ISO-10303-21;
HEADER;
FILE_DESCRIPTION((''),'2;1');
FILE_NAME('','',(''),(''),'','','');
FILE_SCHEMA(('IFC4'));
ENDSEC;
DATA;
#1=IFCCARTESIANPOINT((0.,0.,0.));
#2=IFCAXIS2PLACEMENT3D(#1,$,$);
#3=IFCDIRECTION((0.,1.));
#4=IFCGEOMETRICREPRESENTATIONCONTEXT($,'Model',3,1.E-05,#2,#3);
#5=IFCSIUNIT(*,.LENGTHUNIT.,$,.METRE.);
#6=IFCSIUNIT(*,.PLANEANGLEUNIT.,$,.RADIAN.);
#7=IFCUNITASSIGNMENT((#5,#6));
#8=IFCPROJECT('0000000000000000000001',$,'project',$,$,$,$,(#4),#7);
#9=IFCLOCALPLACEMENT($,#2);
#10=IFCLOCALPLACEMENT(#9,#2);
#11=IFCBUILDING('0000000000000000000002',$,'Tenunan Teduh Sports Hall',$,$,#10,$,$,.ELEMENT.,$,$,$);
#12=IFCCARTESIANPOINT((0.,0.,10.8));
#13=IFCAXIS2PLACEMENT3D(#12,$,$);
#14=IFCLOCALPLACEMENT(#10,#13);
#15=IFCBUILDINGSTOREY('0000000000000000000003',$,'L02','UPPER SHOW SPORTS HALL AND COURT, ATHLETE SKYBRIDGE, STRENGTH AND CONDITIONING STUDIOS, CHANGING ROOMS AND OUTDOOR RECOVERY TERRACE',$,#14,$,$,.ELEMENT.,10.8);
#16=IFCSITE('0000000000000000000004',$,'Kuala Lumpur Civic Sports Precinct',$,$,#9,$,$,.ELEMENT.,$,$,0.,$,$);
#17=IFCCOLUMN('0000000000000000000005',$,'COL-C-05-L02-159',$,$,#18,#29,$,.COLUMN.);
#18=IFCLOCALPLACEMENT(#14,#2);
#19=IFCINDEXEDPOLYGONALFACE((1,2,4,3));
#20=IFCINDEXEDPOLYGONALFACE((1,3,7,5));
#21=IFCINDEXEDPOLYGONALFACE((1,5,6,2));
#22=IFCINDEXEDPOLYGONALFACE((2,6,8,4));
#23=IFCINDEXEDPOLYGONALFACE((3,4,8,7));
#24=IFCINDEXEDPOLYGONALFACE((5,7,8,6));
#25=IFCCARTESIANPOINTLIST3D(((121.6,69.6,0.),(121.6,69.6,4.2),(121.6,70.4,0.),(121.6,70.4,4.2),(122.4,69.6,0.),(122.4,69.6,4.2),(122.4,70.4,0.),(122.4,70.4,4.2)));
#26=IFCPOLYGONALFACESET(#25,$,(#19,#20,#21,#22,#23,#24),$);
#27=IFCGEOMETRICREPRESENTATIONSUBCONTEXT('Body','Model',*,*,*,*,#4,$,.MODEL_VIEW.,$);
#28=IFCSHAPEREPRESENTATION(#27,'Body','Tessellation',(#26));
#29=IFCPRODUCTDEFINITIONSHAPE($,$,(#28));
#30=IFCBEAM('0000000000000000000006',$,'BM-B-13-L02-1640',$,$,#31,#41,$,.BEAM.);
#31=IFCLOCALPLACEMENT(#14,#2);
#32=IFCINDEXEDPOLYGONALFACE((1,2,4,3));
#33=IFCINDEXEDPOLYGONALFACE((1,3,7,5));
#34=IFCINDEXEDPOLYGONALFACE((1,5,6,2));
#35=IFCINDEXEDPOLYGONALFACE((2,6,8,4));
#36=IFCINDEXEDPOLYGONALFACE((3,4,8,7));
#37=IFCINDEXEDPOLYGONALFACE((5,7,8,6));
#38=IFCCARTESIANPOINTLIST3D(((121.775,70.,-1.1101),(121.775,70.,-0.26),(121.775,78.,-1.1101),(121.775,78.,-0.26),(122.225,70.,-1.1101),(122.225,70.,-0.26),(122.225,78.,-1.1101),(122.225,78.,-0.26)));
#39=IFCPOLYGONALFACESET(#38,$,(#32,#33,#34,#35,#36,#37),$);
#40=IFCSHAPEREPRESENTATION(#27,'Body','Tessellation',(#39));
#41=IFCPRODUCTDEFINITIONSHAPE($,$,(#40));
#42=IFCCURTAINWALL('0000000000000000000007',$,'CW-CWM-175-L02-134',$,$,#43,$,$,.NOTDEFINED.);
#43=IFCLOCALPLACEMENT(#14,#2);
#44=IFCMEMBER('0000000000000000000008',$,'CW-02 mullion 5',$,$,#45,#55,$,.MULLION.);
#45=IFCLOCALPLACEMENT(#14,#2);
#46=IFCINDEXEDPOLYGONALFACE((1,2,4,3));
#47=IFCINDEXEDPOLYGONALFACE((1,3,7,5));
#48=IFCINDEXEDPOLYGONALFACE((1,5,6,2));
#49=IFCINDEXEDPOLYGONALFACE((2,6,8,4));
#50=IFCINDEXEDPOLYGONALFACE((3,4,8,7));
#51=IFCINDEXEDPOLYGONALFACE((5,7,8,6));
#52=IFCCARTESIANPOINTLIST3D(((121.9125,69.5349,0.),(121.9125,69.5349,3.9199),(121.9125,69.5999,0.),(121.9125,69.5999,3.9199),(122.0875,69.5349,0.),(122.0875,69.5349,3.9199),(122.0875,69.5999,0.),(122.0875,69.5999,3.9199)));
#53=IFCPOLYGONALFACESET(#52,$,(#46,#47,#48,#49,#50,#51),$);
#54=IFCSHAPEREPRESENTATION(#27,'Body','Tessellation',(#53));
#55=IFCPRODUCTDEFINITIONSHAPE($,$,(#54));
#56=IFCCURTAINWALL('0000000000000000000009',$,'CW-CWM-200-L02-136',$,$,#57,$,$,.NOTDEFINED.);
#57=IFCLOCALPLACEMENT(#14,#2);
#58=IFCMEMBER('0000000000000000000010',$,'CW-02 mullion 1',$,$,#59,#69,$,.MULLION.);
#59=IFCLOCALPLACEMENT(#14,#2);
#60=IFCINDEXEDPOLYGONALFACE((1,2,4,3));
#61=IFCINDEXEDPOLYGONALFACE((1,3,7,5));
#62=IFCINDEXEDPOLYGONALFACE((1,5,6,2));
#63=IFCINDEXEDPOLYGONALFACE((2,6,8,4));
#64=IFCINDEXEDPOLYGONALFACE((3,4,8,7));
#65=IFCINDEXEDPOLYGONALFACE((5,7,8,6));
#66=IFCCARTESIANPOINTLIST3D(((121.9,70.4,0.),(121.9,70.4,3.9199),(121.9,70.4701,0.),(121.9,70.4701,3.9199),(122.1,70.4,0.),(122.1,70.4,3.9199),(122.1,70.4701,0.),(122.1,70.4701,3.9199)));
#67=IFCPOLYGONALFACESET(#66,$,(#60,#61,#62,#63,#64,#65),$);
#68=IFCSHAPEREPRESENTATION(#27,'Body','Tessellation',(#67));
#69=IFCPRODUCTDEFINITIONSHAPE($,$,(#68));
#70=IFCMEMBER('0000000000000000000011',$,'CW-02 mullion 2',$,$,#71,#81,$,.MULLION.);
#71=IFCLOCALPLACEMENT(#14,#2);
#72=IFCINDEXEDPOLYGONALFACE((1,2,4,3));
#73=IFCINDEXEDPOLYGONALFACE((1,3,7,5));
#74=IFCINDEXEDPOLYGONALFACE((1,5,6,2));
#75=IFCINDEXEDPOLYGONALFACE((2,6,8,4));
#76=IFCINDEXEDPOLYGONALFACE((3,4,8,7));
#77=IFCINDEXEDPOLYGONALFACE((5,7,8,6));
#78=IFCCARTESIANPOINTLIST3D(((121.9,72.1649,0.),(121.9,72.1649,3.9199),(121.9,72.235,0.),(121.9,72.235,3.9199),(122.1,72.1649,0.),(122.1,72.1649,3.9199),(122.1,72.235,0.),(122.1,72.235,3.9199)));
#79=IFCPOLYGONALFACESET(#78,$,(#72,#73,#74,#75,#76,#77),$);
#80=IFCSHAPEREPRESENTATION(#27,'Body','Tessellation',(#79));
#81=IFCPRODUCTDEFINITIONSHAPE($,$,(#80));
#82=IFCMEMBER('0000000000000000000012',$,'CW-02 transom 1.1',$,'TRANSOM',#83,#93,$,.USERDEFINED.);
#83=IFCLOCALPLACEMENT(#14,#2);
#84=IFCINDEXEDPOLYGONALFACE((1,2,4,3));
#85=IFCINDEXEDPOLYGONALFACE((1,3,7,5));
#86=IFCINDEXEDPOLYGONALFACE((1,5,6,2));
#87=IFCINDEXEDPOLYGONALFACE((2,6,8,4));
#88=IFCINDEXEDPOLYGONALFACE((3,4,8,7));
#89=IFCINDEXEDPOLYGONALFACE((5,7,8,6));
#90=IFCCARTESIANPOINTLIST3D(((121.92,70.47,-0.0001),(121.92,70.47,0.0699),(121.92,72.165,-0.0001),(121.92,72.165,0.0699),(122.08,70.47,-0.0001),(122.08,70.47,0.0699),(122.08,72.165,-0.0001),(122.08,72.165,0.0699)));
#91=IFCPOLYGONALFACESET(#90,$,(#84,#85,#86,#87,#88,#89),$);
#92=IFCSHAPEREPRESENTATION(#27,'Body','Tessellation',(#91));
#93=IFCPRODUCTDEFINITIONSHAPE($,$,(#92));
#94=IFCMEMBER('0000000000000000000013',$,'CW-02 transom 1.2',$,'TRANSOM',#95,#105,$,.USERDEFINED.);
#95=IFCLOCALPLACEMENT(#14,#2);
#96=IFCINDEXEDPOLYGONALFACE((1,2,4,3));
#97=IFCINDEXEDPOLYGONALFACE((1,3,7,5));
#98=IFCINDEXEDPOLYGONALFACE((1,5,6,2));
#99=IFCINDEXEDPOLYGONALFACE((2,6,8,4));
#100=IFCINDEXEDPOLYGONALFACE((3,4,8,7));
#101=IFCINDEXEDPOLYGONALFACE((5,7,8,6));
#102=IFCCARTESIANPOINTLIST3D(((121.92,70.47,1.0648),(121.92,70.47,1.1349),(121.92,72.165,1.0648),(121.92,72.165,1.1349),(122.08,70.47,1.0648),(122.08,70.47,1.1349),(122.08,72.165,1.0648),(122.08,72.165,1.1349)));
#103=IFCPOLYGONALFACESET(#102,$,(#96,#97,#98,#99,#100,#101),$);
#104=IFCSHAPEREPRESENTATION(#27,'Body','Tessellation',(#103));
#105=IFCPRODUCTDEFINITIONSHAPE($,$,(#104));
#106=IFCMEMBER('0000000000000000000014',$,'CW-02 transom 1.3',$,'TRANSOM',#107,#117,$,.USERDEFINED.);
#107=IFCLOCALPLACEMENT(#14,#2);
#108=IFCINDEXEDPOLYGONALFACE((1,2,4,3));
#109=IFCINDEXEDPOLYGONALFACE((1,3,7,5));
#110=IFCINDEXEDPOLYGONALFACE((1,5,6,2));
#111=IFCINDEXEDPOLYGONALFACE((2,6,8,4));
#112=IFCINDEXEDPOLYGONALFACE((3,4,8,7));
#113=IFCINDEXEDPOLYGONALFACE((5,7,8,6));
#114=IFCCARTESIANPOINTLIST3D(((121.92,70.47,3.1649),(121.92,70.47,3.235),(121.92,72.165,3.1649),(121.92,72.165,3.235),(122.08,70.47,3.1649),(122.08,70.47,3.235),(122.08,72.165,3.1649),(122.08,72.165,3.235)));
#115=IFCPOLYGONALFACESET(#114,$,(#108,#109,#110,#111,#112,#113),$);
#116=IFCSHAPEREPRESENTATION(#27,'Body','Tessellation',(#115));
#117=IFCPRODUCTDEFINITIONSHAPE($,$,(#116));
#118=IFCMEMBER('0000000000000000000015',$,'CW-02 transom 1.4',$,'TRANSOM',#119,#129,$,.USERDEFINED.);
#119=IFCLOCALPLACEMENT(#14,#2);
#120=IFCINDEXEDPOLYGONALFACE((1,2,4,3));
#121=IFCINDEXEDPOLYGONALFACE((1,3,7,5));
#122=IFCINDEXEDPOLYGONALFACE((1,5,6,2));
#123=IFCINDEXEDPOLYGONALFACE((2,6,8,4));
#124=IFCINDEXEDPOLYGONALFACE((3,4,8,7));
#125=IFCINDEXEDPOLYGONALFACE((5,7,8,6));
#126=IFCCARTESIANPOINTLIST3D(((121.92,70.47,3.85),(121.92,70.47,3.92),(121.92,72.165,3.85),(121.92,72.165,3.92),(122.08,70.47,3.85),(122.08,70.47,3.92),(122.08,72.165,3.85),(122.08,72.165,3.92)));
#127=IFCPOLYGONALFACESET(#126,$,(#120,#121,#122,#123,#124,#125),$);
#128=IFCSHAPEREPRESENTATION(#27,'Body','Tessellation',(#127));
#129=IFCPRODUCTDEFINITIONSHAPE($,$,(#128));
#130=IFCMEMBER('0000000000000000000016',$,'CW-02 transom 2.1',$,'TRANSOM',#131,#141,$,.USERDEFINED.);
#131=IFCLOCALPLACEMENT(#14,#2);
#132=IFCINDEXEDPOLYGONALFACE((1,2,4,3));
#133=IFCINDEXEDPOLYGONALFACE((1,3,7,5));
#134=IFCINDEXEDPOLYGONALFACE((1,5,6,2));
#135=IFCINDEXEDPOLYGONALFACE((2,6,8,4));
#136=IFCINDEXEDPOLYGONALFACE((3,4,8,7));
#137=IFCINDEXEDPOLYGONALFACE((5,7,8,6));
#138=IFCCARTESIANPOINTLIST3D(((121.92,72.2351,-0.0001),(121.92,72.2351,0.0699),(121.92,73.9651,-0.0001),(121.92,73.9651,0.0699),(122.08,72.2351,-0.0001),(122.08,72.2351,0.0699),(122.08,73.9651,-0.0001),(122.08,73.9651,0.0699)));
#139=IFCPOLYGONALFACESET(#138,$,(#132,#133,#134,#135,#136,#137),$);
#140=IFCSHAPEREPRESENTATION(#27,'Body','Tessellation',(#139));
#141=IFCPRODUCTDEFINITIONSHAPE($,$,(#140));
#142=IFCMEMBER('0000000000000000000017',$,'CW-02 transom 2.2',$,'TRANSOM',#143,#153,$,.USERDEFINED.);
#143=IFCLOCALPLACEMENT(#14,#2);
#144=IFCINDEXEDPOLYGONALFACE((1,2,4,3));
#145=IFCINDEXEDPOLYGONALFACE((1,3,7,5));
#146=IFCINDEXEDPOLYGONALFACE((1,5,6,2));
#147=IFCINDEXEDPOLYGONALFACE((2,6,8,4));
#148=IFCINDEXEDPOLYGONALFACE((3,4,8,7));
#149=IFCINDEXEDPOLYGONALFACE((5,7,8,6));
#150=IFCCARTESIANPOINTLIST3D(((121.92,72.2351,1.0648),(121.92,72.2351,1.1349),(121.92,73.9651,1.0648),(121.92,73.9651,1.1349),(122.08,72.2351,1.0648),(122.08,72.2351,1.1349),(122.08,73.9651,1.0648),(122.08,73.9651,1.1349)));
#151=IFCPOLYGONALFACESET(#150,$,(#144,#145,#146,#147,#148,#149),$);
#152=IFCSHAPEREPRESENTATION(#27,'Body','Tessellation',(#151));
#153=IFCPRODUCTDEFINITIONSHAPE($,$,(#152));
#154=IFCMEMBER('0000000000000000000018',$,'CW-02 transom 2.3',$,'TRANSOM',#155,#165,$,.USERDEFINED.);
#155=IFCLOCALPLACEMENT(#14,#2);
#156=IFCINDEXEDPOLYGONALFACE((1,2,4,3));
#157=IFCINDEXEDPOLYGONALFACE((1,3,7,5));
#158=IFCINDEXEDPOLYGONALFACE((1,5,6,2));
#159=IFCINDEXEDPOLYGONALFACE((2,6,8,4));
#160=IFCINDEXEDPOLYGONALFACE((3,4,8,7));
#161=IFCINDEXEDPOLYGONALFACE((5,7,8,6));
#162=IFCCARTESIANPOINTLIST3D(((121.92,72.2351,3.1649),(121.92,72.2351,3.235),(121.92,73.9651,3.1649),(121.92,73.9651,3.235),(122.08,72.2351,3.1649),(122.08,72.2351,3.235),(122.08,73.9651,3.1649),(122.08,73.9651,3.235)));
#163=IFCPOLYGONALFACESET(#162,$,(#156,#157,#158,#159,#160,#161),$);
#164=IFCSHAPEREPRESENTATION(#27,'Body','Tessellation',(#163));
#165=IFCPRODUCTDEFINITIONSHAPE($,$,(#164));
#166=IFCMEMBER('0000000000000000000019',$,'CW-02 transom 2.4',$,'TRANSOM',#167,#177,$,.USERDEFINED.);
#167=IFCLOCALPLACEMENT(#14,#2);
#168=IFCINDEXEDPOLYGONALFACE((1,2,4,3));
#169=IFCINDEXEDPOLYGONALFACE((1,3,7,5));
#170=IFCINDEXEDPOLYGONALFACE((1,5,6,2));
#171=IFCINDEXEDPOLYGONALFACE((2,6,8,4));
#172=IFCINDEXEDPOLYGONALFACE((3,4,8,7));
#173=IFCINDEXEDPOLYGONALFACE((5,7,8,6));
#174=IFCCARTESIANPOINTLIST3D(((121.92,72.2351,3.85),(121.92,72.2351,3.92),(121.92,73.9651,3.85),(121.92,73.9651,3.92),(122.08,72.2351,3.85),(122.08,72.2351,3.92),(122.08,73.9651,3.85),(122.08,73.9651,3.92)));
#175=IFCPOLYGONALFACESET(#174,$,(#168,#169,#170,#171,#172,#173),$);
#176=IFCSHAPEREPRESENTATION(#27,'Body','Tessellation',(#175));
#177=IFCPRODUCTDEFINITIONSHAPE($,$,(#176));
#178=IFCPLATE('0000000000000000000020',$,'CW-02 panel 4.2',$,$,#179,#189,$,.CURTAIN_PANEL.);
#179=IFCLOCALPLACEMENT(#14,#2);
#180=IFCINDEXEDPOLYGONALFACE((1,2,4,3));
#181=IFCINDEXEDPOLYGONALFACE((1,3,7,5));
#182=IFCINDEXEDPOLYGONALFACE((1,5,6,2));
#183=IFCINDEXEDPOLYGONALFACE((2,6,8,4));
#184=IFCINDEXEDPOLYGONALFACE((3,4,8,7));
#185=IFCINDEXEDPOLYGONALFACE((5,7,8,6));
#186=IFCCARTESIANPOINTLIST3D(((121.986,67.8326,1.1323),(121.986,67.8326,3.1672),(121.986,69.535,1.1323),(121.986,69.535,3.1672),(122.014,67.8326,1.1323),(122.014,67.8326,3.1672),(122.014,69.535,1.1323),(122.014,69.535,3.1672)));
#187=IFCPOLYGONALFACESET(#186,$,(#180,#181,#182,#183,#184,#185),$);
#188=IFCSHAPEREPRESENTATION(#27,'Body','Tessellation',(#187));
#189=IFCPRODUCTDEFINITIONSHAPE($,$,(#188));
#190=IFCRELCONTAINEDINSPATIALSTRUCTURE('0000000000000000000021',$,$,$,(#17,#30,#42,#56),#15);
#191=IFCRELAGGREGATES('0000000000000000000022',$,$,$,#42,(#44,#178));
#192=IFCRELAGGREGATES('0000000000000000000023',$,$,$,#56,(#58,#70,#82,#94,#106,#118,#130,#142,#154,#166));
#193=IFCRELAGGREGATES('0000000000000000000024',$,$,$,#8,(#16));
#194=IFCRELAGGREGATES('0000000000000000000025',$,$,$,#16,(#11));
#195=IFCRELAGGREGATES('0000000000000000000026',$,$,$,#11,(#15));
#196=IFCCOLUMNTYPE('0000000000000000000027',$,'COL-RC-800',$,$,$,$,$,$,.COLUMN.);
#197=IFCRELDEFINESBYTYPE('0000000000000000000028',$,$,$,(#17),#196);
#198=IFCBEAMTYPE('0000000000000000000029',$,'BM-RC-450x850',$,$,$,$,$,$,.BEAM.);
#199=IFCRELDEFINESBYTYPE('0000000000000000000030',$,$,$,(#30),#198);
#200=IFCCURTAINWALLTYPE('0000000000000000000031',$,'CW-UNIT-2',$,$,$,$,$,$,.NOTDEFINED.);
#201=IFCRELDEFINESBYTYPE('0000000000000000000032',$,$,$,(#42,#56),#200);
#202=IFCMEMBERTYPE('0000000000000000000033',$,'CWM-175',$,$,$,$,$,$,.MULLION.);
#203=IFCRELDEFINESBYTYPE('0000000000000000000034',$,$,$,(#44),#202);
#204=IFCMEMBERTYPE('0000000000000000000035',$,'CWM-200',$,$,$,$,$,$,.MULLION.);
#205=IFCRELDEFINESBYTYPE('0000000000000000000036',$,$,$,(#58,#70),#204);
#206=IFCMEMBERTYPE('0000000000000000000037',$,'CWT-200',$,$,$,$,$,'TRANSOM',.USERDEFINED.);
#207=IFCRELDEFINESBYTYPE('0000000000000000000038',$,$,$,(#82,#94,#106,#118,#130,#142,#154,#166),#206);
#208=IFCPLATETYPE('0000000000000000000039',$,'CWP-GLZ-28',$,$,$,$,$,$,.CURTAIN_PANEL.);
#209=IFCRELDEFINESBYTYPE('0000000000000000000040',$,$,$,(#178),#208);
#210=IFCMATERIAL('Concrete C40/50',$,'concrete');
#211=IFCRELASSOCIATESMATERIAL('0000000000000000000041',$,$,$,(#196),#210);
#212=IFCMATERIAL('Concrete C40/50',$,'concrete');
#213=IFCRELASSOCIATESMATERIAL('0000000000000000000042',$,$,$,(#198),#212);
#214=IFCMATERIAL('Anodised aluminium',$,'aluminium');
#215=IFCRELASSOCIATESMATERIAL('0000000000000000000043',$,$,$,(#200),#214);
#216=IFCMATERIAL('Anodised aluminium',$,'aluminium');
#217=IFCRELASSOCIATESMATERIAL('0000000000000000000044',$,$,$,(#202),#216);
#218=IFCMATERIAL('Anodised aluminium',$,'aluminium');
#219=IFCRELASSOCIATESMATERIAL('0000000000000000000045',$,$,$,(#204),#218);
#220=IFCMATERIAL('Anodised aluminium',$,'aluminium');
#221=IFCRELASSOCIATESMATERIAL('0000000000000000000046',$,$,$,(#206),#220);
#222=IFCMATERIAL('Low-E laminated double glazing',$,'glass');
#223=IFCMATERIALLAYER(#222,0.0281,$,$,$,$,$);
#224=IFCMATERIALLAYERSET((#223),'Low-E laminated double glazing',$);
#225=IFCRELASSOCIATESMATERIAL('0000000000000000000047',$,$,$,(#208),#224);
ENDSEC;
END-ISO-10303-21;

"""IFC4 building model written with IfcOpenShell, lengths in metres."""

from ifc_helpers import new_model, si_unit, direction, frame, origin, origin_2d, place, context, subcontext, project, spatial, rectangle, extrude, material, layer, layer_set, material_profile, profile_set, type_object, element, aggregate, save


model = new_model("IFC4")

# Units and contexts
model_context = context("Model", 3, precision=1e-05, world=origin(), true_north=direction((0.0, 1.0)))
body_context = subcontext(model_context, "Body", "Model", "MODEL_VIEW")
ifc_project = project(units=[si_unit("LENGTHUNIT", "METRE"), si_unit("PLANEANGLEUNIT", "RADIAN")], contexts=[model_context])

# Site, building, storey
site_placement = place(None, origin())
site = spatial("IfcSite", under=ifc_project, at=site_placement, Name="Kuala Lumpur Civic Sports Precinct", CompositionType="ELEMENT", RefElevation=0.0)
building_placement = place(site_placement, origin())
building = spatial("IfcBuilding", under=site, at=building_placement, Name="Tenunan Teduh Sports Hall", CompositionType="ELEMENT")
storey_placement = place(building_placement, frame((0.0, 0.0, 10.8)))
storey = spatial("IfcBuildingStorey", under=building, at=storey_placement, Name="L02", Description="UPPER SHOW SPORTS HALL AND COURT, ATHLETE SKYBRIDGE, STRENGTH AND CONDITIONING STUDIOS, CHANGING ROOMS AND OUTDOOR RECOVERY TERRACE", CompositionType="ELEMENT", Elevation=10.8)

# Column
ifc_material_1 = material(Name="Concrete C40/50", Category="concrete")
ifc_material_profile_1 = material_profile(ifc_material_1, rectangle(XDim=0.8, YDim=0.8, at=origin_2d()), Name="RC 800x800")
ifc_profile_set_1 = profile_set([ifc_material_profile_1], Name="Concrete C40/50")
column_type = type_object("IfcColumnType", Name="COL-RC-800", PredefinedType="COLUMN", material=ifc_profile_set_1)
column_placement = place(storey_placement, frame((122.0, 70.0, 0.0), z_axis=(0.0, 0.0, 1.0), x_axis=(1.0, 0.0, 0.0)))
element("IfcColumn", 1, at=column_placement, inside=storey, type_object=column_type, Name="COL-C-05-L02-159", PredefinedType="COLUMN", context=body_context, shape_type="SweptSolid", body=[
    extrude(rectangle(XDim=0.8, YDim=0.8, at=origin_2d()), origin(), (0.0, 0.0, 1.0), 4.2),
])

# Beam
ifc_material_2 = material(Name="Concrete C40/50", Category="concrete")
ifc_material_profile_2 = material_profile(ifc_material_2, rectangle(XDim=0.45, YDim=0.8501, at=origin_2d()), Name="RCB 450x850")
ifc_profile_set_2 = profile_set([ifc_material_profile_2], Name="Concrete C40/50")
beam_type = type_object("IfcBeamType", Name="BM-RC-450x850", PredefinedType="BEAM", material=ifc_profile_set_2)
beam_placement = place(storey_placement, frame((122.0, 70.0, -0.6851), z_axis=(0.0, 1.0, 0.0), x_axis=(-1.0, 0.0, 0.0)))
element("IfcBeam", 2, at=beam_placement, inside=storey, type_object=beam_type, Name="BM-B-13-L02-1640", PredefinedType="BEAM", context=body_context, shape_type="SweptSolid", body=[
    extrude(rectangle(XDim=0.45, YDim=0.8501, at=origin_2d()), origin(), (0.0, 0.0, 1.0), 8.0),
])

# Curtain wall, member
ifc_material_3 = material(Name="Anodised aluminium", Category="aluminium")
curtain_wall_type = type_object("IfcCurtainWallType", Name="CW-UNIT-2", PredefinedType="NOTDEFINED", material=ifc_material_3)
curtain_wall_1_placement = place(storey_placement, origin())
curtain_wall_1 = element("IfcCurtainWall", 3, at=curtain_wall_1_placement, inside=storey, type_object=curtain_wall_type, Name="CW-CWM-175-L02-134", PredefinedType="NOTDEFINED")
ifc_material_4 = material(Name="Anodised aluminium", Category="aluminium")
ifc_material_profile_3 = material_profile(ifc_material_4, rectangle(XDim=0.0649, YDim=0.175, at=origin_2d()), Name="CWM 65x175")
ifc_profile_set_3 = profile_set([ifc_material_profile_3], Name="Anodised aluminium")
member_type_1 = type_object("IfcMemberType", Name="CWM-175", PredefinedType="MULLION", material=ifc_profile_set_3)
member_1_placement = place(storey_placement, frame((122.0, 69.5674, 0.0), z_axis=(0.0, 0.0, 1.0), x_axis=(0.0, 1.0, 0.0)))
member_1 = element("IfcMember", 4, at=member_1_placement, type_object=member_type_1, Name="CW-02 mullion 5", PredefinedType="MULLION", context=body_context, shape_type="SweptSolid", body=[
    extrude(rectangle(XDim=0.0649, YDim=0.175, at=origin_2d()), origin(), (0.0, 0.0, 1.0), 3.9199),
])

# Curtain wall, members
curtain_wall_2_placement = place(storey_placement, origin())
curtain_wall_2 = element("IfcCurtainWall", 5, at=curtain_wall_2_placement, inside=storey, type_object=curtain_wall_type, Name="CW-CWM-200-L02-136", PredefinedType="NOTDEFINED")
ifc_material_5 = material(Name="Anodised aluminium", Category="aluminium")
ifc_material_profile_4 = material_profile(ifc_material_5, rectangle(XDim=0.0701, YDim=0.2, at=origin_2d()), Name="CWM 70x200")
ifc_profile_set_4 = profile_set([ifc_material_profile_4], Name="Anodised aluminium")
member_type_2 = type_object("IfcMemberType", Name="CWM-200", PredefinedType="MULLION", material=ifc_profile_set_4)
member_2_placement = place(storey_placement, frame((122.0, 70.4351, 0.0), z_axis=(0.0, 0.0, 1.0), x_axis=(0.0, 1.0, 0.0)))
member_2 = element("IfcMember", 6, at=member_2_placement, type_object=member_type_2, Name="CW-02 mullion 1", PredefinedType="MULLION", context=body_context, shape_type="SweptSolid", body=[
    extrude(rectangle(XDim=0.0701, YDim=0.2, at=origin_2d()), origin(), (0.0, 0.0, 1.0), 3.9199),
])
member_3_placement = place(storey_placement, frame((122.0, 72.2, 0.0), z_axis=(0.0, 0.0, 1.0), x_axis=(0.0, 1.0, 0.0)))
member_3 = element("IfcMember", 7, at=member_3_placement, type_object=member_type_2, Name="CW-02 mullion 2", PredefinedType="MULLION", context=body_context, shape_type="SweptSolid", body=[
    extrude(rectangle(XDim=0.0701, YDim=0.2, at=origin_2d()), origin(), (0.0, 0.0, 1.0), 3.9199),
])
ifc_material_6 = material(Name="Anodised aluminium", Category="aluminium")
ifc_material_profile_5 = material_profile(ifc_material_6, rectangle(XDim=0.0701, YDim=0.1599, at=origin_2d()), Name="CWT 70x160")
ifc_profile_set_5 = profile_set([ifc_material_profile_5], Name="Anodised aluminium")
member_type_3 = type_object("IfcMemberType", Name="CWT-200", ElementType="TRANSOM", PredefinedType="USERDEFINED", material=ifc_profile_set_5)
member_4_placement = place(storey_placement, frame((122.0, 70.47, 0.0349), z_axis=(0.0, 1.0, 0.0), x_axis=(0.0, 0.0, 1.0)))
member_4 = element("IfcMember", 8, at=member_4_placement, type_object=member_type_3, Name="CW-02 transom 1.1", ObjectType="TRANSOM", PredefinedType="USERDEFINED", context=body_context, shape_type="SweptSolid", body=[
    extrude(rectangle(XDim=0.0701, YDim=0.1599, at=origin_2d()), origin(), (0.0, 0.0, 1.0), 1.6951),
])
member_5_placement = place(storey_placement, frame((122.0, 70.47, 1.0999), z_axis=(0.0, 1.0, 0.0), x_axis=(0.0, 0.0, 1.0)))
member_5 = element("IfcMember", 9, at=member_5_placement, type_object=member_type_3, Name="CW-02 transom 1.2", ObjectType="TRANSOM", PredefinedType="USERDEFINED", context=body_context, shape_type="SweptSolid", body=[
    extrude(rectangle(XDim=0.0701, YDim=0.1599, at=origin_2d()), origin(), (0.0, 0.0, 1.0), 1.6951),
])
member_6_placement = place(storey_placement, frame((122.0, 70.47, 3.2), z_axis=(0.0, 1.0, 0.0), x_axis=(0.0, 0.0, 1.0)))
member_6 = element("IfcMember", 10, at=member_6_placement, type_object=member_type_3, Name="CW-02 transom 1.3", ObjectType="TRANSOM", PredefinedType="USERDEFINED", context=body_context, shape_type="SweptSolid", body=[
    extrude(rectangle(XDim=0.0701, YDim=0.1599, at=origin_2d()), origin(), (0.0, 0.0, 1.0), 1.6951),
])
member_7_placement = place(storey_placement, frame((122.0, 70.47, 3.885), z_axis=(0.0, 1.0, 0.0), x_axis=(0.0, 0.0, 1.0)))
member_7 = element("IfcMember", 11, at=member_7_placement, type_object=member_type_3, Name="CW-02 transom 1.4", ObjectType="TRANSOM", PredefinedType="USERDEFINED", context=body_context, shape_type="SweptSolid", body=[
    extrude(rectangle(XDim=0.0701, YDim=0.1599, at=origin_2d()), origin(), (0.0, 0.0, 1.0), 1.6951),
])
member_8_placement = place(storey_placement, frame((122.0, 72.2351, 0.0349), z_axis=(0.0, 1.0, 0.0), x_axis=(0.0, 0.0, 1.0)))
member_8 = element("IfcMember", 12, at=member_8_placement, type_object=member_type_3, Name="CW-02 transom 2.1", ObjectType="TRANSOM", PredefinedType="USERDEFINED", context=body_context, shape_type="SweptSolid", body=[
    extrude(rectangle(XDim=0.0701, YDim=0.1599, at=origin_2d()), origin(), (0.0, 0.0, 1.0), 1.73),
])
member_9_placement = place(storey_placement, frame((122.0, 72.2351, 1.0999), z_axis=(0.0, 1.0, 0.0), x_axis=(0.0, 0.0, 1.0)))
member_9 = element("IfcMember", 13, at=member_9_placement, type_object=member_type_3, Name="CW-02 transom 2.2", ObjectType="TRANSOM", PredefinedType="USERDEFINED", context=body_context, shape_type="SweptSolid", body=[
    extrude(rectangle(XDim=0.0701, YDim=0.1599, at=origin_2d()), origin(), (0.0, 0.0, 1.0), 1.73),
])
member_10_placement = place(storey_placement, frame((122.0, 72.2351, 3.2), z_axis=(0.0, 1.0, 0.0), x_axis=(0.0, 0.0, 1.0)))
member_10 = element("IfcMember", 14, at=member_10_placement, type_object=member_type_3, Name="CW-02 transom 2.3", ObjectType="TRANSOM", PredefinedType="USERDEFINED", context=body_context, shape_type="SweptSolid", body=[
    extrude(rectangle(XDim=0.0701, YDim=0.1599, at=origin_2d()), origin(), (0.0, 0.0, 1.0), 1.73),
])
member_11_placement = place(storey_placement, frame((122.0, 72.2351, 3.885), z_axis=(0.0, 1.0, 0.0), x_axis=(0.0, 0.0, 1.0)))
member_11 = element("IfcMember", 15, at=member_11_placement, type_object=member_type_3, Name="CW-02 transom 2.4", ObjectType="TRANSOM", PredefinedType="USERDEFINED", context=body_context, shape_type="SweptSolid", body=[
    extrude(rectangle(XDim=0.0701, YDim=0.1599, at=origin_2d()), origin(), (0.0, 0.0, 1.0), 1.73),
])

# Plate
ifc_material_7 = material(Name="Low-E laminated double glazing", Category="glass")
ifc_layer_1 = layer(ifc_material_7, 0.0281)
ifc_layer_set_1 = layer_set([ifc_layer_1], Name="Low-E laminated double glazing")
plate_type_1 = type_object("IfcPlateType", Name="CWP-GLZ-28", PredefinedType="CURTAIN_PANEL", material=ifc_layer_set_1)
plate_1_placement = place(storey_placement, frame((122.0, 68.6838, 1.1323), z_axis=(0.0, 0.0, 1.0), x_axis=(0.0, 1.0, 0.0)))
plate_1 = element("IfcPlate", 16, at=plate_1_placement, type_object=plate_type_1, Name="CW-02 panel 4.2", PredefinedType="CURTAIN_PANEL", context=body_context, shape_type="SweptSolid", body=[
    extrude(rectangle(XDim=1.7024, YDim=0.0281, at=origin_2d()), origin(), (0.0, 0.0, 1.0), 2.0349),
])
aggregate(curtain_wall_1, [member_1, plate_1])
aggregate(curtain_wall_2, [member_2, member_3, member_4, member_5, member_6, member_7, member_8, member_9, member_10, member_11])

save(model, "model.ifc")
